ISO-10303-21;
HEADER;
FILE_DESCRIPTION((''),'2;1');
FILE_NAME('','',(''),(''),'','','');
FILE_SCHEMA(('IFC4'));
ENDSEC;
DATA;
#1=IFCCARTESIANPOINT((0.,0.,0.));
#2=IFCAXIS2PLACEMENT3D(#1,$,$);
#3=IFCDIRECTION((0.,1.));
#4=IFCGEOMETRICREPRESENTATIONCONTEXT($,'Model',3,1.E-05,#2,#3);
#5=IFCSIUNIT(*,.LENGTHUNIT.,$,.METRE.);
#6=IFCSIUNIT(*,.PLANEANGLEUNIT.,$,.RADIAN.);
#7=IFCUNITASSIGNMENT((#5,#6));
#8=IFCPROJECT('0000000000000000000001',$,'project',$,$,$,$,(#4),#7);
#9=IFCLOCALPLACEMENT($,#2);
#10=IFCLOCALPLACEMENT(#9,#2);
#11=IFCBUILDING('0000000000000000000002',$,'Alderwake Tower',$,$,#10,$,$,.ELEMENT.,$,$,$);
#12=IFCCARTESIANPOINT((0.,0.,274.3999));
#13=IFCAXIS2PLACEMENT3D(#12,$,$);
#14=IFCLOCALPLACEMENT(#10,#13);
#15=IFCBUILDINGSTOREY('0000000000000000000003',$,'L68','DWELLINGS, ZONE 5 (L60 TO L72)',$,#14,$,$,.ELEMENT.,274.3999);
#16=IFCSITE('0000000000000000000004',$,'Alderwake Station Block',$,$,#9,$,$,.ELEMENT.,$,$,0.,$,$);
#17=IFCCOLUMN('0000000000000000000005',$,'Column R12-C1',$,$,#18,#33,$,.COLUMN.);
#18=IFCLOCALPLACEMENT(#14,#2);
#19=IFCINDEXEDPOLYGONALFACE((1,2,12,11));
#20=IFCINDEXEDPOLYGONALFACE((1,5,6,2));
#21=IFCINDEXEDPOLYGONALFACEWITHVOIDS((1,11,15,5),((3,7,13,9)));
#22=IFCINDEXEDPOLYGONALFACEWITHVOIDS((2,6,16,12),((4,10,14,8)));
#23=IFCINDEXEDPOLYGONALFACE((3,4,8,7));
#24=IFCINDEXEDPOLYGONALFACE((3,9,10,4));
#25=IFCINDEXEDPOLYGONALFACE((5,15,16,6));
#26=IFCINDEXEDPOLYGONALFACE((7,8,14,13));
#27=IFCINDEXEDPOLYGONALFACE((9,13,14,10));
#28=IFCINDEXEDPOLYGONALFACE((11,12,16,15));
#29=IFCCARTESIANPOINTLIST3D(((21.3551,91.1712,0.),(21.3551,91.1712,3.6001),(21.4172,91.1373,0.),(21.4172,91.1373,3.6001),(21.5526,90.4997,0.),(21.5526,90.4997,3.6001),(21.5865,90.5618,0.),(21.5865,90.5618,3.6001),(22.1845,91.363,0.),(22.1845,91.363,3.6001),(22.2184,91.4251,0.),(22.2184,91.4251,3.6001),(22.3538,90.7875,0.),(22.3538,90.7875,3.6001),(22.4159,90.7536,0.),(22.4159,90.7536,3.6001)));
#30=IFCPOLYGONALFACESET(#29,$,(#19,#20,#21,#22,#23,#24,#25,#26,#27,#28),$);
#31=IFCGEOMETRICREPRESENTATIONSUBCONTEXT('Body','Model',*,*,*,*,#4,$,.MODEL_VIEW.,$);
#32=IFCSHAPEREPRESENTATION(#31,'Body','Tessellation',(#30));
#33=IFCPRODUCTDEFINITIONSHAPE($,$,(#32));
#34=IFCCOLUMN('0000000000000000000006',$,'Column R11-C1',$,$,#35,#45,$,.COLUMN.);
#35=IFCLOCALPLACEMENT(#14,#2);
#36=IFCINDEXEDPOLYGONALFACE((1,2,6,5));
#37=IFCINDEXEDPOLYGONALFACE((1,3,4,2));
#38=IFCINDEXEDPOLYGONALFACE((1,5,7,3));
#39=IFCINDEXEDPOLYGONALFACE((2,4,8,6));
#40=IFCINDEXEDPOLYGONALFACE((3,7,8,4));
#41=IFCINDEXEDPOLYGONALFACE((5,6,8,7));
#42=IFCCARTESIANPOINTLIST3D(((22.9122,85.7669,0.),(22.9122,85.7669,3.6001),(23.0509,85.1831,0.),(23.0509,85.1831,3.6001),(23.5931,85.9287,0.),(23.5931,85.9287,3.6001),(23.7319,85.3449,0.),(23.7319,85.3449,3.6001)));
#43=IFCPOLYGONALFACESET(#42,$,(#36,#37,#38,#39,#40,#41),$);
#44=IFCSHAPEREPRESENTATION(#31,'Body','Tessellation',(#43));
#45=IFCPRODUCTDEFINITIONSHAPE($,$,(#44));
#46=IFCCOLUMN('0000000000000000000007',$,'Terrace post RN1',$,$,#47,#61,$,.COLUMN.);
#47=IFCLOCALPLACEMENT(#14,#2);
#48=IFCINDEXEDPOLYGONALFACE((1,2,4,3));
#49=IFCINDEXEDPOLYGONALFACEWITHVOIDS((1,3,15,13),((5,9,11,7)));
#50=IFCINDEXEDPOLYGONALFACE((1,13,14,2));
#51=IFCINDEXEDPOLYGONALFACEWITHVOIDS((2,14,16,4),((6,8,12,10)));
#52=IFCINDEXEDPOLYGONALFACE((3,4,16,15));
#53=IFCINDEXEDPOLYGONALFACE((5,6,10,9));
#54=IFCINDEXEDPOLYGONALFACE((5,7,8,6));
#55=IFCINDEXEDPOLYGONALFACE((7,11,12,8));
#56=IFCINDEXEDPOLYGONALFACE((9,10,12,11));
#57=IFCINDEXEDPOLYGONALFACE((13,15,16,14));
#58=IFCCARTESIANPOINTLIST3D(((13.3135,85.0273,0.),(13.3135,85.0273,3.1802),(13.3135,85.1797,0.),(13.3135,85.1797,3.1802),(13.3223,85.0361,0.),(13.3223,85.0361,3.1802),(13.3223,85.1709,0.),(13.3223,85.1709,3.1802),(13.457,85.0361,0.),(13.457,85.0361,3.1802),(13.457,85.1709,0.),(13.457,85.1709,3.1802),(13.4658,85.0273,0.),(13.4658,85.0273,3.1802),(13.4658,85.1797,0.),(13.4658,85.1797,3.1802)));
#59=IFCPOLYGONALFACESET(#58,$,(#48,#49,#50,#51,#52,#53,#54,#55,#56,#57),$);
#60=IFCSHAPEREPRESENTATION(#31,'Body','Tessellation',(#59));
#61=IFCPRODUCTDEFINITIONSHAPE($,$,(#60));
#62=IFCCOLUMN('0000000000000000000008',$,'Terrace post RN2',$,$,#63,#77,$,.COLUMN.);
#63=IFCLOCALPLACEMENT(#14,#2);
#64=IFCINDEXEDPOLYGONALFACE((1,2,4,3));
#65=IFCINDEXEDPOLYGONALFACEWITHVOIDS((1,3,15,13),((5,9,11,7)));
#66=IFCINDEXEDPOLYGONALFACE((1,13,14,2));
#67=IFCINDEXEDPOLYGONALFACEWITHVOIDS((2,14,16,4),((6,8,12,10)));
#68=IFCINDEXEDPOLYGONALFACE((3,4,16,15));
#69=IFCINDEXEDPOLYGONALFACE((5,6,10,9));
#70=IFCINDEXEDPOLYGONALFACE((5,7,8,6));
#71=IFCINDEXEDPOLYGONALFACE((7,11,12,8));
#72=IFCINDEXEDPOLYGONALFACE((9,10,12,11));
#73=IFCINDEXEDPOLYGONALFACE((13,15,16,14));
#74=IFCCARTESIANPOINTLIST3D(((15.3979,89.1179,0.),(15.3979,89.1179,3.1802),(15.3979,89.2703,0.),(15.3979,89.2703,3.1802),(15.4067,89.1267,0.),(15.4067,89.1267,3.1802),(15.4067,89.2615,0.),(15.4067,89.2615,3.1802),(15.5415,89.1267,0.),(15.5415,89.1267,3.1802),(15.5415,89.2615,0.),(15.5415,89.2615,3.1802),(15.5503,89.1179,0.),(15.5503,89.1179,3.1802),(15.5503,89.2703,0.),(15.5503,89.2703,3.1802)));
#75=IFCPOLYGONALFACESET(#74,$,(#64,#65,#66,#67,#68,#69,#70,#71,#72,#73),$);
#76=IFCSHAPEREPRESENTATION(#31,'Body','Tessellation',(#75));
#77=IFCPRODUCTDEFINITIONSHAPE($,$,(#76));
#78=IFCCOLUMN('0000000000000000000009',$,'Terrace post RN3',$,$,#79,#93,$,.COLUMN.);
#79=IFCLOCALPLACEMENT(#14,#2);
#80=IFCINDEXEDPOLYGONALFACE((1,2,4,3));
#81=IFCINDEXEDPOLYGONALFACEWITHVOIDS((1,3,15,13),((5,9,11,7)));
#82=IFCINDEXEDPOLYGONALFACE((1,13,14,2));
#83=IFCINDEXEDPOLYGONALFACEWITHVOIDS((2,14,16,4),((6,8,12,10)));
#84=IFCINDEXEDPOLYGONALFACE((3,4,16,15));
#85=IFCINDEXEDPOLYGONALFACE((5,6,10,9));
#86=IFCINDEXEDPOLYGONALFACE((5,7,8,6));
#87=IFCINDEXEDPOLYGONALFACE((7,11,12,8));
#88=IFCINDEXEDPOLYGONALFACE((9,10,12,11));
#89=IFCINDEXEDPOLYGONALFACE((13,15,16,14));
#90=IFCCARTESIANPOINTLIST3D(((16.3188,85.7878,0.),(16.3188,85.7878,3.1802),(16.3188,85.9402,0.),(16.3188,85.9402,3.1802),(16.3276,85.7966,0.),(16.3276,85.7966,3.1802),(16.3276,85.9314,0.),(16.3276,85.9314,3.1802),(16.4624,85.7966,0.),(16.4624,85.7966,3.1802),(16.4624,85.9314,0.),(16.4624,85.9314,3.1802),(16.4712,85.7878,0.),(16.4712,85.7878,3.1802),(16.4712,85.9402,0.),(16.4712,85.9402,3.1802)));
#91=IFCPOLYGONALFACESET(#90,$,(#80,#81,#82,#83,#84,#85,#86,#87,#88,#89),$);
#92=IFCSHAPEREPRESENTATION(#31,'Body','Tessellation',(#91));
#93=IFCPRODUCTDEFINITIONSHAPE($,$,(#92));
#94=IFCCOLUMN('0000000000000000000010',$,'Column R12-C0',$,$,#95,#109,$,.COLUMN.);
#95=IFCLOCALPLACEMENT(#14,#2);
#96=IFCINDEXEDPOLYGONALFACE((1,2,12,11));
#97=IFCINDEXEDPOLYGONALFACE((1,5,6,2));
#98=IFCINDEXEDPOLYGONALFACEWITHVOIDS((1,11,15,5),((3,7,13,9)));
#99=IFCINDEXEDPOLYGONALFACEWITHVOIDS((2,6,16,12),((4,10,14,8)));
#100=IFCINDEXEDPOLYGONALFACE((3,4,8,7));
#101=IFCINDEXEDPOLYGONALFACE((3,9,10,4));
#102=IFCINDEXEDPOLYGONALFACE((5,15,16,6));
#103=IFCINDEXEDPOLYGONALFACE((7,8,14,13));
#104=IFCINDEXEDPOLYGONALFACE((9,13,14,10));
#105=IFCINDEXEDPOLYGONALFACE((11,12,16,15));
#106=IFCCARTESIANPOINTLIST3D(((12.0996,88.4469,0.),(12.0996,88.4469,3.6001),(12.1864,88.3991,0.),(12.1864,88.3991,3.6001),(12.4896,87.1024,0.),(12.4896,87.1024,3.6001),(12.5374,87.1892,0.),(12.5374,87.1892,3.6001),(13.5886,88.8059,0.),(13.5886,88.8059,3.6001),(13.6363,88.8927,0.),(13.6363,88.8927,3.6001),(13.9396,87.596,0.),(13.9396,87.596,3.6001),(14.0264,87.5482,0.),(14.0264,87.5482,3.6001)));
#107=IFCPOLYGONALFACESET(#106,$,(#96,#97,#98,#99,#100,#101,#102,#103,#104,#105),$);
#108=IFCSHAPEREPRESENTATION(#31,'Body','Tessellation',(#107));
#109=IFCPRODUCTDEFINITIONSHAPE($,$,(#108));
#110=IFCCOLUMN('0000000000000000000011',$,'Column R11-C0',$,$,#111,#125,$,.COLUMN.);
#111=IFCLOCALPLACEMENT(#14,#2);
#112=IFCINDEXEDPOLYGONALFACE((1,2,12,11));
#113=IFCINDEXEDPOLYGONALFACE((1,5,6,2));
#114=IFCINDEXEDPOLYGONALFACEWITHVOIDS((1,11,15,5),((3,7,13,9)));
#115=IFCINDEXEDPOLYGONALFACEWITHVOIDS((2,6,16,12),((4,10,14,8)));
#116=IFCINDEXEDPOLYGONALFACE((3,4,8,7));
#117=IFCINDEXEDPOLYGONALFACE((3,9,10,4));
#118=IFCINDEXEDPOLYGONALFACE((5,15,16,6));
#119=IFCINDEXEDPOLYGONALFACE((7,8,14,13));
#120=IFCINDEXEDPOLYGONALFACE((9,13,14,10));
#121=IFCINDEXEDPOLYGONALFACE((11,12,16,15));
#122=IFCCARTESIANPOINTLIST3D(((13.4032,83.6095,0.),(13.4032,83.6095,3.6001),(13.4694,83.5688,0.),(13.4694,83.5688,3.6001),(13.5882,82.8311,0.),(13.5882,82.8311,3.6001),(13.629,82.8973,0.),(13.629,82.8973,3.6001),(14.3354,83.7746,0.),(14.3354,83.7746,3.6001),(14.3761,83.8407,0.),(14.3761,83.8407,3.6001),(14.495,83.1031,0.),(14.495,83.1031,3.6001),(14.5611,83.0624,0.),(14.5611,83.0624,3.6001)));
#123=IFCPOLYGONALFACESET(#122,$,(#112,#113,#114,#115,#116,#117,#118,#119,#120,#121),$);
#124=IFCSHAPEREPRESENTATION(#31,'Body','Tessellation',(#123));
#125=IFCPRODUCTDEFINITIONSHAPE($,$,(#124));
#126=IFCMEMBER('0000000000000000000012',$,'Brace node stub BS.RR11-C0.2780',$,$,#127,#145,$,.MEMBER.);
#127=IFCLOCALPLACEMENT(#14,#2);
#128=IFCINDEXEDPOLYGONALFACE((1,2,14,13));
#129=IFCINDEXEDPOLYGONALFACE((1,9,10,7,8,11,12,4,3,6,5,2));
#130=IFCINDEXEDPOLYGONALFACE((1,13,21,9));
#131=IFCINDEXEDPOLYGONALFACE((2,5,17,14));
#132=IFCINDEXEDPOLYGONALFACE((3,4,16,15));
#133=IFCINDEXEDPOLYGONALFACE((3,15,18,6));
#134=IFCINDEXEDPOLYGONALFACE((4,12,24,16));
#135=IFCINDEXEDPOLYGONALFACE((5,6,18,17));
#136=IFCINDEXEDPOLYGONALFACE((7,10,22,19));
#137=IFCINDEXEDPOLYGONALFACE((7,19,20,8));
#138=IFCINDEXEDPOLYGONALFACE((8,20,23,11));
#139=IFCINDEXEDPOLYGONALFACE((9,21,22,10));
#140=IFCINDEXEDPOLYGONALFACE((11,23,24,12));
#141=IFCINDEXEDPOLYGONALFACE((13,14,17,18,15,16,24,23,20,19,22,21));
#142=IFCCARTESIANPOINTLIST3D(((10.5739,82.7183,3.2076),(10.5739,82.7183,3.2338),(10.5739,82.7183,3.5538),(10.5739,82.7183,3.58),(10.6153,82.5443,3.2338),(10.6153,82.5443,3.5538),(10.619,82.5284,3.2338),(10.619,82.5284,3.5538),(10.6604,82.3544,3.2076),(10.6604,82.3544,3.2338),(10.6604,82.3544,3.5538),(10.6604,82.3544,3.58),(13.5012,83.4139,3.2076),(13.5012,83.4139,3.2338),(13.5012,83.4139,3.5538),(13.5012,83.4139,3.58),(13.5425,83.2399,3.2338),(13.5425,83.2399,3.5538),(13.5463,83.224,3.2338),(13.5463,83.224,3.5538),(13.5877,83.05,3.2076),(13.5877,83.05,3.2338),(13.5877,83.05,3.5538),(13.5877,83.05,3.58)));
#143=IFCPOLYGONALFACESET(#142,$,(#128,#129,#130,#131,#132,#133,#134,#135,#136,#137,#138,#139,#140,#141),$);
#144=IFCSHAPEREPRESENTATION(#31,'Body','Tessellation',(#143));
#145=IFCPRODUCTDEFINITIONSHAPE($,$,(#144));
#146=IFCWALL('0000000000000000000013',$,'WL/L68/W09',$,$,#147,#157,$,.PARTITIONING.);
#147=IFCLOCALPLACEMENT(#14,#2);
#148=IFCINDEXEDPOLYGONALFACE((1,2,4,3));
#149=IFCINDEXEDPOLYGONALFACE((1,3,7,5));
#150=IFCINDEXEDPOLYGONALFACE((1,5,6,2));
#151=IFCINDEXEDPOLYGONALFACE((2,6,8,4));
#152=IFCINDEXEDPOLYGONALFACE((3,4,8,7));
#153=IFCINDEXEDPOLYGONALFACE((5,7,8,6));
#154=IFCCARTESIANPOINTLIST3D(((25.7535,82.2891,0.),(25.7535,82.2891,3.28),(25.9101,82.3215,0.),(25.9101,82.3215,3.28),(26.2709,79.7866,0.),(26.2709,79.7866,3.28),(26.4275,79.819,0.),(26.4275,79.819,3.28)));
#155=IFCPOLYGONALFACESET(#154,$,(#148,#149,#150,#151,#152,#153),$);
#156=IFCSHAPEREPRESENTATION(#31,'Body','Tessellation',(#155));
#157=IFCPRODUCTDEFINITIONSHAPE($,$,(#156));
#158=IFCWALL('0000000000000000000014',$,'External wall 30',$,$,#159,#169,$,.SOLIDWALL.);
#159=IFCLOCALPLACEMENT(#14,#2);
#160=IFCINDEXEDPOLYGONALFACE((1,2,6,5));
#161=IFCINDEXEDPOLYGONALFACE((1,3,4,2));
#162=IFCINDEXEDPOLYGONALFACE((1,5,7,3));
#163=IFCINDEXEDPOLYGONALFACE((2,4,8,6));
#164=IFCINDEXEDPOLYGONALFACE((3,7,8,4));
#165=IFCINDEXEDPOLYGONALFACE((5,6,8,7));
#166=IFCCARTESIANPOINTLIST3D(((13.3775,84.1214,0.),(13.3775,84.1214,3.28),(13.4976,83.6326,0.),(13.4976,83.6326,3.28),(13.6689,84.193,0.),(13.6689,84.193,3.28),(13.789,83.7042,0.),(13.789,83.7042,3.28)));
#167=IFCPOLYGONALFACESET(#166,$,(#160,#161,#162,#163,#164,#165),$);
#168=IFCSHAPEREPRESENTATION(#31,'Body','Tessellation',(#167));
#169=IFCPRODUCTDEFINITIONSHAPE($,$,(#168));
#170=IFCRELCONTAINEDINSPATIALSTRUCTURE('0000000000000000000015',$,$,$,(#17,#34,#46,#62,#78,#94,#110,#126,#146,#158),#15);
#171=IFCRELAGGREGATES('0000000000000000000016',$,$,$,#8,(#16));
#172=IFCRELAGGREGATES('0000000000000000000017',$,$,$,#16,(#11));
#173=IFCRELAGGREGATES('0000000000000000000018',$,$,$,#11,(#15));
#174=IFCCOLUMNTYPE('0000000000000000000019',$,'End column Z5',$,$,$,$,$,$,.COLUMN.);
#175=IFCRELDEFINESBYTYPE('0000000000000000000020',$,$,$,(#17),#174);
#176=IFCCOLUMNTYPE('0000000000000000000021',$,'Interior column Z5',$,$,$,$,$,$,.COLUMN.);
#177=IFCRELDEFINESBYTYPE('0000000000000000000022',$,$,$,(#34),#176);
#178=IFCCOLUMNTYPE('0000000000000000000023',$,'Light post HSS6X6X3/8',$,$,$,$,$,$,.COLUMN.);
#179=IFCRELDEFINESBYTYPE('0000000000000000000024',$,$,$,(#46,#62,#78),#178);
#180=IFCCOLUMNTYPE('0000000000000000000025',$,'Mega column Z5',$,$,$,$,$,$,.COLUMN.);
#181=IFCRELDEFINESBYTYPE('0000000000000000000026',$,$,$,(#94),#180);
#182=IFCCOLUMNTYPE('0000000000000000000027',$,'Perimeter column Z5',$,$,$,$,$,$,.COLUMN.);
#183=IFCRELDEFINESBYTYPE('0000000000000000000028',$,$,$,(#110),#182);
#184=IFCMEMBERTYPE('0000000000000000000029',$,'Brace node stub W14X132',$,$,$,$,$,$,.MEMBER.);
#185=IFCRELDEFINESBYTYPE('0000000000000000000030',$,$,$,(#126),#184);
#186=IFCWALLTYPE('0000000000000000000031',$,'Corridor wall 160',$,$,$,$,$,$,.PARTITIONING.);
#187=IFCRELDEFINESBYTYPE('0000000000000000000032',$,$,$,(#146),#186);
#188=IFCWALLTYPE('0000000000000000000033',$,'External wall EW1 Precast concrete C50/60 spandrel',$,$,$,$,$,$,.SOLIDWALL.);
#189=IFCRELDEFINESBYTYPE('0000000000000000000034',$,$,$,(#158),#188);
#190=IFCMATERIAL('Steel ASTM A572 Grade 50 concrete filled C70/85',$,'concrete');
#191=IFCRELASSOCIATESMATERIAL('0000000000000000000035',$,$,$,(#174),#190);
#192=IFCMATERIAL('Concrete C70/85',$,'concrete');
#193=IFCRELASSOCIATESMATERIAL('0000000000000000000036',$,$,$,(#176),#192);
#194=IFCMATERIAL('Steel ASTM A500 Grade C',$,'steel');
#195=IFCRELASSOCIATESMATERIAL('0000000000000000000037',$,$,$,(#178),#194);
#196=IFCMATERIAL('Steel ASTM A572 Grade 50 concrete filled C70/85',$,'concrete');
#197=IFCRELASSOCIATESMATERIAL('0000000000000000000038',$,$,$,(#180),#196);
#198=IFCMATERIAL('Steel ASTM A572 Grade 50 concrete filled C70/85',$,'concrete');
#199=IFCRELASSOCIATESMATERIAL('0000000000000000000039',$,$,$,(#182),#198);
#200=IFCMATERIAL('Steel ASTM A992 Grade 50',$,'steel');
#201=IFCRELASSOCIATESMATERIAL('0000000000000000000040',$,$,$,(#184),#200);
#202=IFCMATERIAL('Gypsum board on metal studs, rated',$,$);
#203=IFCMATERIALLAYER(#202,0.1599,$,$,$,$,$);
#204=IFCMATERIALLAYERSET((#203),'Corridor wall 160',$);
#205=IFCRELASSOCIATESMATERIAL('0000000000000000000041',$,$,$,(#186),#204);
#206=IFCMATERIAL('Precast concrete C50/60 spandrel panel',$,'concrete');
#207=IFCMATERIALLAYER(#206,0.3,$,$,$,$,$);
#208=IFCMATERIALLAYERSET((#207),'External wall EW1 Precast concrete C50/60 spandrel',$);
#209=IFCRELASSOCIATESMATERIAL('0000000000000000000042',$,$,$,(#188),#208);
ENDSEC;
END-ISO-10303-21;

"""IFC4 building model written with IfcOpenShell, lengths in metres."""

from ifc_helpers import new_model, si_unit, direction, frame, frame_2d, origin, origin_2d, place, context, subcontext, project, spatial, rectangle, hollow_rectangle, i_section, extrude, material, layer, layer_set, material_profile, profile_set, type_object, element, save


model = new_model("IFC4")

# Units and contexts
model_context = context("Model", 3, precision=1e-05, world=origin(), true_north=direction((0.0, 1.0)))
body_context = subcontext(model_context, "Body", "Model", "MODEL_VIEW")
ifc_project = project(units=[si_unit("LENGTHUNIT", "METRE"), si_unit("PLANEANGLEUNIT", "RADIAN")], contexts=[model_context])

# Site, building, storey
site_placement = place(None, origin())
site = spatial("IfcSite", under=ifc_project, at=site_placement, Name="Alderwake Station Block", CompositionType="ELEMENT", RefElevation=0.0)
building_placement = place(site_placement, origin())
building = spatial("IfcBuilding", under=site, at=building_placement, Name="Alderwake Tower", CompositionType="ELEMENT")
storey_placement = place(building_placement, frame((0.0, 0.0, 274.3999)))
storey = spatial("IfcBuildingStorey", under=building, at=storey_placement, Name="L68", Description="DWELLINGS, ZONE 5 (L60 TO L72)", CompositionType="ELEMENT", Elevation=274.3999)

# Columns
ifc_material_1 = material(Name="Steel ASTM A572 Grade 50 concrete filled C70/85", Category="concrete")
ifc_material_profile_1 = material_profile(ifc_material_1, hollow_rectangle(XDim=0.7, YDim=0.8999, WallThickness=0.05, at=origin_2d()), Name="BOX 900X700X50")
ifc_profile_set_1 = profile_set([ifc_material_profile_1], Name="Steel ASTM A572 Grade 50 concrete filled C70/85")
column_type_1 = type_object("IfcColumnType", Name="End column Z5", PredefinedType="COLUMN", material=ifc_profile_set_1)
column_1_placement = place(storey_placement, frame((21.8855, 90.9624, 0.0), z_axis=(0.0, 0.0, 1.0), x_axis=(-0.282132, 0.959376, 0.0)))
element("IfcColumn", 1, at=column_1_placement, inside=storey, type_object=column_type_1, Name="Column R12-C1", PredefinedType="COLUMN", context=body_context, shape_type="SweptSolid", body=[
    extrude(hollow_rectangle(XDim=0.7, YDim=0.8999, WallThickness=0.05, at=origin_2d()), origin(), (0.0, 0.0, 1.0), 3.6001),
])
ifc_material_2 = material(Name="Concrete C70/85", Category="concrete")
ifc_material_profile_2 = material_profile(ifc_material_2, rectangle(XDim=0.6001, YDim=0.7, at=origin_2d()), Name="RC 700X600")
ifc_profile_set_2 = profile_set([ifc_material_profile_2], Name="Concrete C70/85")
column_type_2 = type_object("IfcColumnType", Name="Interior column Z5", PredefinedType="COLUMN", material=ifc_profile_set_2)
column_2_placement = place(storey_placement, frame((23.322, 85.5559, 0.0), z_axis=(0.0, 0.0, 1.0), x_axis=(-0.231222, 0.972901, 0.0)))
element("IfcColumn", 2, at=column_2_placement, inside=storey, type_object=column_type_2, Name="Column R11-C1", PredefinedType="COLUMN", context=body_context, shape_type="SweptSolid", body=[
    extrude(rectangle(XDim=0.6001, YDim=0.7, at=origin_2d()), origin(), (0.0, 0.0, 1.0), 3.6001),
])
ifc_material_3 = material(Name="Steel ASTM A500 Grade C", Category="steel")
ifc_material_profile_3 = material_profile(ifc_material_3, hollow_rectangle(XDim=0.1523, YDim=0.1523, WallThickness=0.0088, at=origin_2d()), Name="HSS6X6X3/8")
ifc_profile_set_3 = profile_set([ifc_material_profile_3], Name="Steel ASTM A500 Grade C")
column_type_3 = type_object("IfcColumnType", Name="Light post HSS6X6X3/8", PredefinedType="COLUMN", material=ifc_profile_set_3)
for number, where, z_axis, x_axis, name in (
    (3, (13.3896, 85.1035, 0.0), (0.0, 0.0, 1.0), (1.0, 0.0, 0.0), "Terrace post RN1"),
    (4, (15.4741, 89.1941, 0.0), (0.0, 0.0, 1.0), (1.0, 0.0, 0.0), "Terrace post RN2"),
    (5, (16.395, 85.864, 0.0), (0.0, 0.0, 1.0), (1.0, 0.0, 0.0), "Terrace post RN3"),
):
    element("IfcColumn", number, at=place(storey_placement, frame(where, z_axis=z_axis, x_axis=x_axis)), inside=storey, type_object=column_type_3, Name=name, PredefinedType="COLUMN", context=body_context, shape_type="SweptSolid", body=[
        extrude(hollow_rectangle(XDim=0.1523, YDim=0.1523, WallThickness=0.0088, at=origin_2d()), origin(), (0.0, 0.0, 1.0), 3.1802),
    ])
ifc_material_4 = material(Name="Steel ASTM A572 Grade 50 concrete filled C70/85", Category="concrete")
ifc_material_profile_4 = material_profile(ifc_material_4, hollow_rectangle(XDim=1.3999, YDim=1.6001, WallThickness=0.0701, at=origin_2d()), Name="BOX 1600X1400X70")
ifc_profile_set_4 = profile_set([ifc_material_profile_4], Name="Steel ASTM A572 Grade 50 concrete filled C70/85")
column_type_4 = type_object("IfcColumnType", Name="Mega column Z5", PredefinedType="COLUMN", material=ifc_profile_set_4)
column_3_placement = place(storey_placement, frame((13.063, 87.9976, 0.0), z_axis=(0.0, 0.0, 1.0), x_axis=(-0.278612, 0.960404, 0.0)))
element("IfcColumn", 6, at=column_3_placement, inside=storey, type_object=column_type_4, Name="Column R12-C0", PredefinedType="COLUMN", context=body_context, shape_type="SweptSolid", body=[
    extrude(hollow_rectangle(XDim=1.3999, YDim=1.6001, WallThickness=0.0701, at=origin_2d()), origin(), (0.0, 0.0, 1.0), 3.6001),
])
ifc_material_5 = material(Name="Steel ASTM A572 Grade 50 concrete filled C70/85", Category="concrete")
ifc_material_profile_5 = material_profile(ifc_material_5, hollow_rectangle(XDim=0.8, YDim=1.0, WallThickness=0.0549, at=origin_2d()), Name="BOX 1000X800X55")
ifc_profile_set_5 = profile_set([ifc_material_profile_5], Name="Steel ASTM A572 Grade 50 concrete filled C70/85")
column_type_5 = type_object("IfcColumnType", Name="Perimeter column Z5", PredefinedType="COLUMN", material=ifc_profile_set_5)
column_4_placement = place(storey_placement, frame((13.9822, 83.3359, 0.0), z_axis=(0.0, 0.0, 1.0), x_axis=(-0.231222, 0.972901, 0.0)))
element("IfcColumn", 7, at=column_4_placement, inside=storey, type_object=column_type_5, Name="Column R11-C0", PredefinedType="COLUMN", context=body_context, shape_type="SweptSolid", body=[
    extrude(hollow_rectangle(XDim=0.8, YDim=1.0, WallThickness=0.0549, at=origin_2d()), origin(), (0.0, 0.0, 1.0), 3.6001),
])

# Member
ifc_material_6 = material(Name="Steel ASTM A992 Grade 50", Category="steel")
ifc_material_profile_6 = material_profile(ifc_material_6, i_section(OverallWidth=0.374, OverallDepth=0.3723, WebThickness=0.0164, FlangeThickness=0.0261, at=origin_2d()), Name="W14X132")
ifc_profile_set_6 = profile_set([ifc_material_profile_6], Name="Steel ASTM A992 Grade 50")
member_type = type_object("IfcMemberType", Name="Brace node stub W14X132", PredefinedType="MEMBER", material=ifc_profile_set_6)
member_placement = place(storey_placement, frame((13.5444, 83.2319, 3.3938), z_axis=(-0.972911, -0.231178, 0.0), x_axis=(0.231178, -0.972911, 0.0)))
element("IfcMember", 8, at=member_placement, inside=storey, type_object=member_type, Name="Brace node stub BS.RR11-C0.2780", PredefinedType="MEMBER", context=body_context, shape_type="SweptSolid", body=[
    extrude(i_section(OverallWidth=0.374, OverallDepth=0.3723, WebThickness=0.0164, FlangeThickness=0.0261, at=origin_2d()), origin(), (0.0, 0.0, 1.0), 3.0088),
])

# Walls
ifc_material_7 = material(Name="Gypsum board on metal studs, rated")
ifc_layer_1 = layer(ifc_material_7, 0.1599)
ifc_layer_set_1 = layer_set([ifc_layer_1], Name="Corridor wall 160")
wall_type_1 = type_object("IfcWallType", Name="Corridor wall 160", PredefinedType="PARTITIONING", material=ifc_layer_set_1)
wall_1_placement = place(storey_placement, frame((25.8318, 82.3054, 0.0), z_axis=(0.0, 0.0, 1.0), x_axis=(0.202451, -0.979292, 0.0)))
element("IfcWall", 9, at=wall_1_placement, inside=storey, type_object=wall_type_1, Name="WL/L68/W09", PredefinedType="PARTITIONING", context=body_context, shape_type="SweptSolid", body=[
    extrude(rectangle(XDim=2.5554, YDim=0.1599, at=frame_2d((1.2778, 0.0))), origin(), (0.0, 0.0, 1.0), 3.28),
])
ifc_material_8 = material(Name="Precast concrete C50/60 spandrel panel", Category="concrete")
ifc_layer_2 = layer(ifc_material_8, 0.3)
ifc_layer_set_2 = layer_set([ifc_layer_2], Name="External wall EW1 Precast concrete C50/60 spandrel")
wall_type_2 = type_object("IfcWallType", Name="External wall EW1 Precast concrete C50/60 spandrel", PredefinedType="SOLIDWALL", material=ifc_layer_set_2)
wall_2_placement = place(storey_placement, frame((13.5232, 84.1572, 0.0), z_axis=(0.0, 0.0, 1.0), x_axis=(0.238653, -0.971105, 0.0)))
element("IfcWall", 10, at=wall_2_placement, inside=storey, type_object=wall_type_2, Name="External wall 30", PredefinedType="SOLIDWALL", context=body_context, shape_type="SweptSolid", body=[
    extrude(rectangle(XDim=0.5034, YDim=0.3, at=frame_2d((0.2517, 0.0))), origin(), (0.0, 0.0, 1.0), 3.28),
])

save(model, "model.ifc")
